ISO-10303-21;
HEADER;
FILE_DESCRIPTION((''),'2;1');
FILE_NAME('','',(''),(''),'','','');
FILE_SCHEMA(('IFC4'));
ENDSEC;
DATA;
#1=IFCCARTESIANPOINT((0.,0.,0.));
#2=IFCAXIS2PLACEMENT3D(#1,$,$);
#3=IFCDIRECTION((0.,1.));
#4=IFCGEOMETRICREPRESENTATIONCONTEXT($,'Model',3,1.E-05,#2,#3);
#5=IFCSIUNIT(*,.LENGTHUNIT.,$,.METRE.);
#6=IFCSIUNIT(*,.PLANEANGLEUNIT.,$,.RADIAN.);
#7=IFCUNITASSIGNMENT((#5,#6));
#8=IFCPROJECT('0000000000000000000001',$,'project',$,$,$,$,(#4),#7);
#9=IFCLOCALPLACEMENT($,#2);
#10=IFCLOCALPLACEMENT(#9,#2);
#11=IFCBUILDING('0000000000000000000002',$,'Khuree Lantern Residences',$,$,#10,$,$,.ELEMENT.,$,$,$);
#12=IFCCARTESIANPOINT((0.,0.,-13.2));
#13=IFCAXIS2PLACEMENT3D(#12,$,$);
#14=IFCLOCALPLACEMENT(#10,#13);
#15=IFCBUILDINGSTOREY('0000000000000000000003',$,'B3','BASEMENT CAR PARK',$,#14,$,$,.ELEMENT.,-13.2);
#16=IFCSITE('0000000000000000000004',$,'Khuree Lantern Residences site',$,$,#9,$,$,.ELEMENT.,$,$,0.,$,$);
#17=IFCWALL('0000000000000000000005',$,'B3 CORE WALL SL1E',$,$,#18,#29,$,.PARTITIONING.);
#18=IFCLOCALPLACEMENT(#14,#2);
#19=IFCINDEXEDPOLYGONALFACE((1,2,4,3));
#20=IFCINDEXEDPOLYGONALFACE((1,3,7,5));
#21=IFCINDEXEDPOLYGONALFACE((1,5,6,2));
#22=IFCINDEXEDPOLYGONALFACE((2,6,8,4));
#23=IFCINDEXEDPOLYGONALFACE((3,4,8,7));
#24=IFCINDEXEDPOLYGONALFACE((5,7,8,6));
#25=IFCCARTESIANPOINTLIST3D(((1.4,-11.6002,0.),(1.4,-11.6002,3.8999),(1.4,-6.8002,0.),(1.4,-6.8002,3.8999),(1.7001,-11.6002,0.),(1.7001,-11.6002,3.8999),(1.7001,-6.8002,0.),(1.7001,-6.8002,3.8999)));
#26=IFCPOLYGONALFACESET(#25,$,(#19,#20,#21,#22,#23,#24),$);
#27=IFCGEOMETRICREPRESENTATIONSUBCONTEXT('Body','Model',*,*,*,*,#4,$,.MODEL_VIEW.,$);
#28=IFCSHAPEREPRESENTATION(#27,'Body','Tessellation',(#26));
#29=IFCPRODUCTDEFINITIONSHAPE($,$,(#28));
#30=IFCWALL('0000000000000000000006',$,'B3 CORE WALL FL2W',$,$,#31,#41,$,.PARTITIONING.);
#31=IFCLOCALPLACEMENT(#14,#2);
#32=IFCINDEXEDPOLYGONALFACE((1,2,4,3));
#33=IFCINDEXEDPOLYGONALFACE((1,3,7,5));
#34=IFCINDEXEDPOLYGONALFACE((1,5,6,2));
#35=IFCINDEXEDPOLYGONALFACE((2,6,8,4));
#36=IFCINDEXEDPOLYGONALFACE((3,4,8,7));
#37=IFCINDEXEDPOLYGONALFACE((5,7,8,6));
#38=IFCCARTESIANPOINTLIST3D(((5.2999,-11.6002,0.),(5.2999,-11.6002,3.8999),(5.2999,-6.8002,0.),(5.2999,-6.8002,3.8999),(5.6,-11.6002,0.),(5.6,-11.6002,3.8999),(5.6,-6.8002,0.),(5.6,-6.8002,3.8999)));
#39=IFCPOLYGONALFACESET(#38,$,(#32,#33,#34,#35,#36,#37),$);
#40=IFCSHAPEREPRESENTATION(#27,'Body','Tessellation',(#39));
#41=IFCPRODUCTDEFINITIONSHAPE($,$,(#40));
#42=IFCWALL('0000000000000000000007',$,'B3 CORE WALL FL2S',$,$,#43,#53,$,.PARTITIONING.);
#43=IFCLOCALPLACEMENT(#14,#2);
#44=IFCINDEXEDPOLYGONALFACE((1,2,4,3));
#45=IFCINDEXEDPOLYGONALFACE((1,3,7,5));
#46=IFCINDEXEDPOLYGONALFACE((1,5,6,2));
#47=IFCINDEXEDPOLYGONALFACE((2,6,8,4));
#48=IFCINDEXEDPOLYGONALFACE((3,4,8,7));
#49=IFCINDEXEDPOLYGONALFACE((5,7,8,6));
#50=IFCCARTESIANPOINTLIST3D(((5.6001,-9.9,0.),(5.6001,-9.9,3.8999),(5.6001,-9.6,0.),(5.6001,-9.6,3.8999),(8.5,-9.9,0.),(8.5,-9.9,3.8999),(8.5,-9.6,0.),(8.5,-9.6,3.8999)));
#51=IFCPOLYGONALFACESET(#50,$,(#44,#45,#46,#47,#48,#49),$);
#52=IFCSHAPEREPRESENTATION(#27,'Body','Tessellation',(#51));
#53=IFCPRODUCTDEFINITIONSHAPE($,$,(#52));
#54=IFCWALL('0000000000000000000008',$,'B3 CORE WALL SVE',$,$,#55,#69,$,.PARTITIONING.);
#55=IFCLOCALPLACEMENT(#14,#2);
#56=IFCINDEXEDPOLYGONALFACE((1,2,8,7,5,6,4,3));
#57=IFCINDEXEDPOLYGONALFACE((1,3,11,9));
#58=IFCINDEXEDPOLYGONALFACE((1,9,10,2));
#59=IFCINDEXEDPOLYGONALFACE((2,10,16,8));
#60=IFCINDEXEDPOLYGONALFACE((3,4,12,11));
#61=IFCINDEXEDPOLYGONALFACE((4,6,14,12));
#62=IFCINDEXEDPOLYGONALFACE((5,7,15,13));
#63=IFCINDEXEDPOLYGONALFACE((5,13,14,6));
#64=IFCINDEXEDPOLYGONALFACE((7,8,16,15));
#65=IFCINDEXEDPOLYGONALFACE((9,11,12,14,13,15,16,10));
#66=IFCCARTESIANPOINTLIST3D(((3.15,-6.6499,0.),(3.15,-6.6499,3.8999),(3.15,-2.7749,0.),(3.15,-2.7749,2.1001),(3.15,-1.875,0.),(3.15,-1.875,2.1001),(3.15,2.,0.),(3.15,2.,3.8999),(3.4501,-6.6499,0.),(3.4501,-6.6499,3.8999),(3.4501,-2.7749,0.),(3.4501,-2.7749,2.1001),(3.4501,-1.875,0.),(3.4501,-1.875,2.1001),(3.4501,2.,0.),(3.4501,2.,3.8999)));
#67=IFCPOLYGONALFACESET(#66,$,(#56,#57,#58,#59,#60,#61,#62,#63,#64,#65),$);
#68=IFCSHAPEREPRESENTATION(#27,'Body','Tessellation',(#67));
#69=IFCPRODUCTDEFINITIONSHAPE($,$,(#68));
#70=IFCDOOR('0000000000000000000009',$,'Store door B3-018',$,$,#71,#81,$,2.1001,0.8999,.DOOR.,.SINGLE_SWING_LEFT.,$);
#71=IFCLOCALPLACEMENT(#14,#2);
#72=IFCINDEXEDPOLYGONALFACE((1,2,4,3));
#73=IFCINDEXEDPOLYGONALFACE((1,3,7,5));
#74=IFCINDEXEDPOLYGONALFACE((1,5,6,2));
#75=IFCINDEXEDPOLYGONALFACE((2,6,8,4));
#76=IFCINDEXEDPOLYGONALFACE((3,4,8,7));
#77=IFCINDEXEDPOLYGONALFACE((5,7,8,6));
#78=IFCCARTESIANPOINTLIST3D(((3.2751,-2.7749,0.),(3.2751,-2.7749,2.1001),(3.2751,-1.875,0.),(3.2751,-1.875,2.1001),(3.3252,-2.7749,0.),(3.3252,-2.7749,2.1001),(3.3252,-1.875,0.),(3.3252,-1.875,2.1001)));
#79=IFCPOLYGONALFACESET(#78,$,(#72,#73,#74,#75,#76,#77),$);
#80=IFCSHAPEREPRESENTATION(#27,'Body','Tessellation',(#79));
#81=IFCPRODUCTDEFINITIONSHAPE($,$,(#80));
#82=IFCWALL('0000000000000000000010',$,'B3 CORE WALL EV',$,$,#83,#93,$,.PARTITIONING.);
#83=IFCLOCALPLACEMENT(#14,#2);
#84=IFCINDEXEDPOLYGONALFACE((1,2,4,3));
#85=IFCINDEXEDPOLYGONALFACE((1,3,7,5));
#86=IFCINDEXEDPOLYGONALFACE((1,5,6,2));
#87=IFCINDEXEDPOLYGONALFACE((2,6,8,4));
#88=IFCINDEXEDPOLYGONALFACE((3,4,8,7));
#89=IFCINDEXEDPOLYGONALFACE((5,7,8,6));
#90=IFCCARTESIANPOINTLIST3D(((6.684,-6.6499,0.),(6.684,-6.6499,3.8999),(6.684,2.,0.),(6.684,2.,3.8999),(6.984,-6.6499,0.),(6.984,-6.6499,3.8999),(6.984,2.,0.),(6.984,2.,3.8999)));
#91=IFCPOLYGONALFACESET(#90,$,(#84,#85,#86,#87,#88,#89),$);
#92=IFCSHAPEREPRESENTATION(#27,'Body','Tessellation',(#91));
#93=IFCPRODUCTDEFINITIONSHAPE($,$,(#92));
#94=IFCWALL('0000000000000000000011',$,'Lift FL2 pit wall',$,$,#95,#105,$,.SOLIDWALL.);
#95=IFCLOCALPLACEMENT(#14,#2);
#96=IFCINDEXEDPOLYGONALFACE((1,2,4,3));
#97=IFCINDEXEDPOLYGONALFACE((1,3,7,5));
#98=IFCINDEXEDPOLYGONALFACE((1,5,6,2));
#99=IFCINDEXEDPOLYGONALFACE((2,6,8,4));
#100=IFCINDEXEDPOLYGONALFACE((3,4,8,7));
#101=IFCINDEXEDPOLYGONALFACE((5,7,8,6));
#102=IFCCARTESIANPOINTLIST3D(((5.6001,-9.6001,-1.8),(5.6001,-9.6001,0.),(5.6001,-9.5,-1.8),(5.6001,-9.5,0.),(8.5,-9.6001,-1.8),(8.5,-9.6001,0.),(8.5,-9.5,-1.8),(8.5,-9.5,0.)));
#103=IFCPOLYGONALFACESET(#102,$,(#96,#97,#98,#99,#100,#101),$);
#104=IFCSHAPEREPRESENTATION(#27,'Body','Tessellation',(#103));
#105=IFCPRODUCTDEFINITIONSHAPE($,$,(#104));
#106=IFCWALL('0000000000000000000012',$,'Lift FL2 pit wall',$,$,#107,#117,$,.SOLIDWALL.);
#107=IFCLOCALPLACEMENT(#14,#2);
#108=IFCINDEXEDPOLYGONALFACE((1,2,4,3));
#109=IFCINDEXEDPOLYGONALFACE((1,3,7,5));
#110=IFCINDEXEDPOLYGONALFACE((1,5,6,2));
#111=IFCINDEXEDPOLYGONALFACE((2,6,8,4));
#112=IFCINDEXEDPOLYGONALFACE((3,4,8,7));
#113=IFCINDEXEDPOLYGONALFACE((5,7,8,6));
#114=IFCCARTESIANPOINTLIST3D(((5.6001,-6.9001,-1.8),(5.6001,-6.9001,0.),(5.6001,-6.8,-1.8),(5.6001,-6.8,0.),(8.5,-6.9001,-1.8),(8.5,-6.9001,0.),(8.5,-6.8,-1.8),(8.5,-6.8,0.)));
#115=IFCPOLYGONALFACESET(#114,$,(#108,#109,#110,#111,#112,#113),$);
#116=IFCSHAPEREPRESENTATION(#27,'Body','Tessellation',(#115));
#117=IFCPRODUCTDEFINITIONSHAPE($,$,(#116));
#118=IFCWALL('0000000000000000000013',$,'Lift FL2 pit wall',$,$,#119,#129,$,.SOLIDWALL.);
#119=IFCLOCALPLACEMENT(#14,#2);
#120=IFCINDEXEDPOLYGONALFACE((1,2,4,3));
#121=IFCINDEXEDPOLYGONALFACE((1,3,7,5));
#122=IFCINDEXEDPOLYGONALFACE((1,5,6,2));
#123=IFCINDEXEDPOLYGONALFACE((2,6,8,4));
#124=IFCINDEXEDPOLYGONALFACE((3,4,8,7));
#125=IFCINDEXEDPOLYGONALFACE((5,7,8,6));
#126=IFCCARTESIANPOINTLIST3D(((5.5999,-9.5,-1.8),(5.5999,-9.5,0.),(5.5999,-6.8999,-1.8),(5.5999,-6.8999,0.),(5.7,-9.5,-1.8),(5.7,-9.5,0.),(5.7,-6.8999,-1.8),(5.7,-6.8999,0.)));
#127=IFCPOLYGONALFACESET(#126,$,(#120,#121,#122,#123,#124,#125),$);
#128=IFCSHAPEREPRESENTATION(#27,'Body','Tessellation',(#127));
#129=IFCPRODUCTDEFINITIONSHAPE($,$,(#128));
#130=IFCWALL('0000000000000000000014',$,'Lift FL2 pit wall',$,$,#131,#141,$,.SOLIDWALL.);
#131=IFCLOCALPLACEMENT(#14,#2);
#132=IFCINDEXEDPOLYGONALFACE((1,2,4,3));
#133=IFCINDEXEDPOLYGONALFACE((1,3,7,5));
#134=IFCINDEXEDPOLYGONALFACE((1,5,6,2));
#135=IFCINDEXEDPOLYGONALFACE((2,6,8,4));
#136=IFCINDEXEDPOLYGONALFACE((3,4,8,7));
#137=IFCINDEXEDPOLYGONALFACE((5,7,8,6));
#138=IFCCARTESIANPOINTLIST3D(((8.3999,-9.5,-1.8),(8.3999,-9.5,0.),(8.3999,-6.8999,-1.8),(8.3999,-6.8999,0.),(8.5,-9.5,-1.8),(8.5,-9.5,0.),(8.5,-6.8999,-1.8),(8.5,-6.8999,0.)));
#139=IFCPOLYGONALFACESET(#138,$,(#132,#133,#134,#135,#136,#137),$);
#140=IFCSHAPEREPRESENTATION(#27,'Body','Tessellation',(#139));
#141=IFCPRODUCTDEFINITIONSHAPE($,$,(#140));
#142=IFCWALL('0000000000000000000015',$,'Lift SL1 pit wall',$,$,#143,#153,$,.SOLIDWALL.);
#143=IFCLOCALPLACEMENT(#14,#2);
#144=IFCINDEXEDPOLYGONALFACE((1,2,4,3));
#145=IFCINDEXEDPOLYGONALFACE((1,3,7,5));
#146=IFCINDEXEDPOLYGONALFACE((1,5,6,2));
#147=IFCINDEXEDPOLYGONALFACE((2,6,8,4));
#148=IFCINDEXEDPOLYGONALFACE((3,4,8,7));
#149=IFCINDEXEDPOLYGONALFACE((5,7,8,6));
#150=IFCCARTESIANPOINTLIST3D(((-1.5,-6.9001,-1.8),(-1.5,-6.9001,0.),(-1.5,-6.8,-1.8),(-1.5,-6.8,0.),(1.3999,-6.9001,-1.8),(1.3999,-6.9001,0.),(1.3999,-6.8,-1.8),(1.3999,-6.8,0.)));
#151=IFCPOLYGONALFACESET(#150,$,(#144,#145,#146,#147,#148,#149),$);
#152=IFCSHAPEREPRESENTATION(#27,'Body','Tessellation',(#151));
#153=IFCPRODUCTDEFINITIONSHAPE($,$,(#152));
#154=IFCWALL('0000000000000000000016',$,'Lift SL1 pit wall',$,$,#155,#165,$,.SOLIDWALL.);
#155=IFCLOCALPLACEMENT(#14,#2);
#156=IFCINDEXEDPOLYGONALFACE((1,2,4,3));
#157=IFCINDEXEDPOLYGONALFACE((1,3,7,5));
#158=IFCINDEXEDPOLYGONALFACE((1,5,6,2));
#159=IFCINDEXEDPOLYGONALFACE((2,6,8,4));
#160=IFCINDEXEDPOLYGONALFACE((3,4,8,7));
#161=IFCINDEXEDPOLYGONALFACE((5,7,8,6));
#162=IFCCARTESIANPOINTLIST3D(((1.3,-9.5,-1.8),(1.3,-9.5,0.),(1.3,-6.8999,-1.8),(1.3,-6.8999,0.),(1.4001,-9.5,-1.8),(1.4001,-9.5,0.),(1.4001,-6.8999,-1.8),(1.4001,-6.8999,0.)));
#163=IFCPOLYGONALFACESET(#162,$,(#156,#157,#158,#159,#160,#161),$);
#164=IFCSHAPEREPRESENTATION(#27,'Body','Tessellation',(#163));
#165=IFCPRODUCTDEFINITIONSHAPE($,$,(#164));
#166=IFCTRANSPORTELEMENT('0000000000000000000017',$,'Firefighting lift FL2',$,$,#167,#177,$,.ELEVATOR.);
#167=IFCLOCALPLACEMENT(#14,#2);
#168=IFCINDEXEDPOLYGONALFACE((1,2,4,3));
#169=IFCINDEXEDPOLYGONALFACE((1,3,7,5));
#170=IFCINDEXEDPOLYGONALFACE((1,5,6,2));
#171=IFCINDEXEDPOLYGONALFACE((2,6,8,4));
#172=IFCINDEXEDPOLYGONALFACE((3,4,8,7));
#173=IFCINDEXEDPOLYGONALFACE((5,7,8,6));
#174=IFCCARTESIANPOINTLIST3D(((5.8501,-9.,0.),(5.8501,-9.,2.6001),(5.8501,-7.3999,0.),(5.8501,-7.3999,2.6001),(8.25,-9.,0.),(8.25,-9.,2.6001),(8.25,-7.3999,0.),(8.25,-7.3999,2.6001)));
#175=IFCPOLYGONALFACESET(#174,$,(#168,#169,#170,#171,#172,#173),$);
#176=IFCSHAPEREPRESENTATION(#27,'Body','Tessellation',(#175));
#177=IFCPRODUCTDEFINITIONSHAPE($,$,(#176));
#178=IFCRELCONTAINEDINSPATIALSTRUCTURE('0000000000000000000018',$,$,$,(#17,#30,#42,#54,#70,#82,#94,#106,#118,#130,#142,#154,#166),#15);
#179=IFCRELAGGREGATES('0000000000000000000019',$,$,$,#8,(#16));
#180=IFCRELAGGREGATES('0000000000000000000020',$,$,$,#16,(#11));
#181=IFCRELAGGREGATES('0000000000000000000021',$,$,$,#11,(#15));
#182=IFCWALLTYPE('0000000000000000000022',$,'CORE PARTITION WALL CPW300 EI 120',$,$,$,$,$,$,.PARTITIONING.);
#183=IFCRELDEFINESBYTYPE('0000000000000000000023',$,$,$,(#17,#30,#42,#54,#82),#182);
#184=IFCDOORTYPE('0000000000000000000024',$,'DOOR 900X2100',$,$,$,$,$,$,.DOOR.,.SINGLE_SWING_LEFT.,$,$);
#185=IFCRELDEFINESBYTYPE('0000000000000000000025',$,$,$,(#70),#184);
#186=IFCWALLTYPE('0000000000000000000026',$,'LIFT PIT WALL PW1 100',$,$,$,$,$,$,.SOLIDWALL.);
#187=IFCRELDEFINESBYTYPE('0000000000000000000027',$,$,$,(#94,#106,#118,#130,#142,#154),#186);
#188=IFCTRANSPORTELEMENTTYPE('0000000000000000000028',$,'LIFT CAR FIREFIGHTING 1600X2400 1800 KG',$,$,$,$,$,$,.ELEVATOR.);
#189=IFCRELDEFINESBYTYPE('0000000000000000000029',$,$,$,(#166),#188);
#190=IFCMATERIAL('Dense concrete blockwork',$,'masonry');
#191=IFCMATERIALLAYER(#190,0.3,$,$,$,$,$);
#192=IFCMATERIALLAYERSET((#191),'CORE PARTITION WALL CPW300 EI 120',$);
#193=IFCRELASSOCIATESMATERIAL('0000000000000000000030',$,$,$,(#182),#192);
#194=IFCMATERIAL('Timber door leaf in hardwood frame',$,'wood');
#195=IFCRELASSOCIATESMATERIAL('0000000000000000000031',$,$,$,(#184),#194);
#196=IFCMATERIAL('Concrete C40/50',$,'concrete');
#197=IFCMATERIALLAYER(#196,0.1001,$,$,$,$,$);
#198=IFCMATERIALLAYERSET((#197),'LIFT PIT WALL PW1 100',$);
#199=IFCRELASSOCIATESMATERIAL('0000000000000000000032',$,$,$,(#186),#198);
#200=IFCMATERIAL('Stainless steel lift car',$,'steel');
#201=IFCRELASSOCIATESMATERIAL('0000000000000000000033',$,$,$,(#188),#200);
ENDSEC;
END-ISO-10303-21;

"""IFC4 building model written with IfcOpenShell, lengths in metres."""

from ifc_helpers import new_model, si_unit, direction, frame, frame_2d, origin, origin_2d, place, context, subcontext, project, spatial, rectangle, extrude, material, layer, layer_set, type_object, element, fill, save


model = new_model("IFC4")

# Units and contexts
model_context = context("Model", 3, precision=1e-05, world=origin(), true_north=direction((0.0, 1.0)))
body_context = subcontext(model_context, "Body", "Model", "MODEL_VIEW")
ifc_project = project(units=[si_unit("LENGTHUNIT", "METRE"), si_unit("PLANEANGLEUNIT", "RADIAN")], contexts=[model_context])

# Site, building, storey
site_placement = place(None, origin())
site = spatial("IfcSite", under=ifc_project, at=site_placement, Name="Khuree Lantern Residences site", CompositionType="ELEMENT", RefElevation=0.0)
building_placement = place(site_placement, origin())
building = spatial("IfcBuilding", under=site, at=building_placement, Name="Khuree Lantern Residences", CompositionType="ELEMENT")
storey_placement = place(building_placement, frame((0.0, 0.0, -13.2)))
storey = spatial("IfcBuildingStorey", under=building, at=storey_placement, Name="B3", Description="BASEMENT CAR PARK", CompositionType="ELEMENT", Elevation=-13.2)

# Shared definitions
ifc_material_1 = material(Name="Concrete C40/50", Category="concrete")

# Shared definitions
ifc_material_2 = material(Name="Dense concrete blockwork", Category="masonry")
ifc_layer_1 = layer(ifc_material_2, 0.3)
ifc_layer_set_1 = layer_set([ifc_layer_1], Name="CORE PARTITION WALL CPW300 EI 120")
wall_type_1 = type_object("IfcWallType", Name="CORE PARTITION WALL CPW300 EI 120", PredefinedType="PARTITIONING", material=ifc_layer_set_1)

# Walls
for number, where, z_axis, x_axis, name in (
    (1, (1.55, -11.6001, 0.0), (0.0, 0.0, 1.0), (0.0, 1.0, 0.0), "B3 CORE WALL SL1E"),
    (2, (5.45, -11.6001, 0.0), (0.0, 0.0, 1.0), (0.0, 1.0, 0.0), "B3 CORE WALL FL2W"),
):
    element("IfcWall", number, at=place(storey_placement, frame(where, z_axis=z_axis, x_axis=x_axis)), inside=storey, type_object=wall_type_1, Name=name, PredefinedType="PARTITIONING", context=body_context, shape_type="SweptSolid", body=[
        extrude(rectangle(XDim=4.8, YDim=0.3, at=frame_2d((2.3999, 0.0))), origin(), (0.0, 0.0, 1.0), 3.8999),
    ])
wall_1_placement = place(storey_placement, frame((5.6001, -9.75, 0.0), z_axis=(0.0, 0.0, 1.0), x_axis=(1.0, 0.0, 0.0)))
element("IfcWall", 3, at=wall_1_placement, inside=storey, type_object=wall_type_1, Name="B3 CORE WALL FL2S", PredefinedType="PARTITIONING", context=body_context, shape_type="SweptSolid", body=[
    extrude(rectangle(XDim=2.8999, YDim=0.3, at=frame_2d((1.45, 0.0))), origin(), (0.0, 0.0, 1.0), 3.8999),
])

# Wall, opening, door
wall_2_placement = place(storey_placement, frame((3.3, -6.6499, 0.0), z_axis=(0.0, 0.0, 1.0), x_axis=(0.0, 1.0, 0.0)))
wall_2 = element("IfcWall", 4, at=wall_2_placement, inside=storey, type_object=wall_type_1, Name="B3 CORE WALL SVE", PredefinedType="PARTITIONING", context=body_context, shape_type="SweptSolid", body=[
    extrude(rectangle(XDim=8.6499, YDim=0.3, at=frame_2d((4.325, 0.0))), origin(), (0.0, 0.0, 1.0), 3.8999),
])
opening_1_placement = place(wall_2_placement, frame((3.875, 0.0, 0.0)))
opening_1 = element("IfcOpeningElement", 5, at=opening_1_placement, cuts=wall_2, PredefinedType="OPENING", context=body_context, shape_type="SweptSolid", body=[
    extrude(rectangle(XDim=0.8999, YDim=2.1001, at=frame_2d((0.45, 1.05))), frame((0.0, 0.1602, 0.0), z_axis=(0.0, -1.0, 0.0), x_axis=(1.0, 0.0, 0.0)), (0.0, 0.0, 1.0), 0.3201),
])
ifc_material_3 = material(Name="Timber door leaf in hardwood frame", Category="wood")
door_type_1 = type_object("IfcDoorType", Name="DOOR 900X2100", OperationType="SINGLE_SWING_LEFT", PredefinedType="DOOR", material=ifc_material_3)
door_1_placement = place(opening_1_placement, origin())
door_1 = element("IfcDoor", 6, at=door_1_placement, inside=storey, type_object=door_type_1, Name="Store door B3-018", OperationType="SINGLE_SWING_LEFT", OverallHeight=2.1001, OverallWidth=0.8999, PredefinedType="DOOR", context=body_context, shape_type="SweptSolid", body=[
    extrude(rectangle(XDim=0.8999, YDim=2.1001, at=frame_2d((0.45, 1.05))), frame((0.0, 0.0249, 0.0), z_axis=(0.0, -1.0, 0.0), x_axis=(1.0, 0.0, 0.0)), (0.0, 0.0, 1.0), 0.05),
])
fill(opening_1, door_1)

# Walls
wall_3_placement = place(storey_placement, frame((6.834, -6.6499, 0.0), z_axis=(0.0, 0.0, 1.0), x_axis=(0.0, 1.0, 0.0)))
element("IfcWall", 7, at=wall_3_placement, inside=storey, type_object=wall_type_1, Name="B3 CORE WALL EV", PredefinedType="PARTITIONING", context=body_context, shape_type="SweptSolid", body=[
    extrude(rectangle(XDim=8.6499, YDim=0.3, at=frame_2d((4.325, 0.0))), origin(), (0.0, 0.0, 1.0), 3.8999),
])
ifc_layer_2 = layer(ifc_material_1, 0.1001)
ifc_layer_set_2 = layer_set([ifc_layer_2], Name="LIFT PIT WALL PW1 100")
wall_type_2 = type_object("IfcWallType", Name="LIFT PIT WALL PW1 100", PredefinedType="SOLIDWALL", material=ifc_layer_set_2)
for number, where, z_axis, x_axis, name in (
    (8, (5.6001, -9.55, -1.8), (0.0, 0.0, 1.0), (1.0, 0.0, 0.0), "Lift FL2 pit wall"),
    (9, (8.5, -6.8501, -1.8), (0.0, 0.0, 1.0), (-1.0, 0.0, 0.0), "Lift FL2 pit wall"),
):
    element("IfcWall", number, at=place(storey_placement, frame(where, z_axis=z_axis, x_axis=x_axis)), inside=storey, type_object=wall_type_2, Name=name, PredefinedType="SOLIDWALL", context=body_context, shape_type="SweptSolid", body=[
        extrude(rectangle(XDim=2.8999, YDim=0.1001, at=frame_2d((1.45, 0.0))), origin(), (0.0, 0.0, 1.0), 1.8),
    ])
for number, where, z_axis, x_axis, name in (
    (10, (5.6499, -6.8999, -1.8), (0.0, 0.0, 1.0), (0.0, -1.0, 0.0), "Lift FL2 pit wall"),
    (11, (8.45, -9.5, -1.8), (0.0, 0.0, 1.0), (0.0, 1.0, 0.0), "Lift FL2 pit wall"),
):
    element("IfcWall", number, at=place(storey_placement, frame(where, z_axis=z_axis, x_axis=x_axis)), inside=storey, type_object=wall_type_2, Name=name, PredefinedType="SOLIDWALL", context=body_context, shape_type="SweptSolid", body=[
        extrude(rectangle(XDim=2.6001, YDim=0.1001, at=frame_2d((1.3, 0.0))), origin(), (0.0, 0.0, 1.0), 1.8),
    ])
wall_4_placement = place(storey_placement, frame((1.3999, -6.8501, -1.8), z_axis=(0.0, 0.0, 1.0), x_axis=(-1.0, 0.0, 0.0)))
element("IfcWall", 12, at=wall_4_placement, inside=storey, type_object=wall_type_2, Name="Lift SL1 pit wall", PredefinedType="SOLIDWALL", context=body_context, shape_type="SweptSolid", body=[
    extrude(rectangle(XDim=2.8999, YDim=0.1001, at=frame_2d((1.45, 0.0))), origin(), (0.0, 0.0, 1.0), 1.8),
])
wall_5_placement = place(storey_placement, frame((1.3501, -9.5, -1.8), z_axis=(0.0, 0.0, 1.0), x_axis=(0.0, 1.0, 0.0)))
element("IfcWall", 13, at=wall_5_placement, inside=storey, type_object=wall_type_2, Name="Lift SL1 pit wall", PredefinedType="SOLIDWALL", context=body_context, shape_type="SweptSolid", body=[
    extrude(rectangle(XDim=2.6001, YDim=0.1001, at=frame_2d((1.3, 0.0))), origin(), (0.0, 0.0, 1.0), 1.8),
])

# Transport element
ifc_material_4 = material(Name="Stainless steel lift car", Category="steel")
transport_element_type = type_object("IfcTransportElementType", Name="LIFT CAR FIREFIGHTING 1600X2400 1800 KG", PredefinedType="ELEVATOR", material=ifc_material_4)
transport_element_placement = place(storey_placement, frame((7.05, -8.2, 0.0), z_axis=(0.0, 0.0, 1.0), x_axis=(1.0, 0.0, 0.0)))
element("IfcTransportElement", 14, at=transport_element_placement, inside=storey, type_object=transport_element_type, Name="Firefighting lift FL2", PredefinedType="ELEVATOR", context=body_context, shape_type="SweptSolid", body=[
    extrude(rectangle(XDim=2.3999, YDim=1.6001, at=origin_2d()), origin(), (0.0, 0.0, 1.0), 2.6001),
])

save(model, "model.ifc")
